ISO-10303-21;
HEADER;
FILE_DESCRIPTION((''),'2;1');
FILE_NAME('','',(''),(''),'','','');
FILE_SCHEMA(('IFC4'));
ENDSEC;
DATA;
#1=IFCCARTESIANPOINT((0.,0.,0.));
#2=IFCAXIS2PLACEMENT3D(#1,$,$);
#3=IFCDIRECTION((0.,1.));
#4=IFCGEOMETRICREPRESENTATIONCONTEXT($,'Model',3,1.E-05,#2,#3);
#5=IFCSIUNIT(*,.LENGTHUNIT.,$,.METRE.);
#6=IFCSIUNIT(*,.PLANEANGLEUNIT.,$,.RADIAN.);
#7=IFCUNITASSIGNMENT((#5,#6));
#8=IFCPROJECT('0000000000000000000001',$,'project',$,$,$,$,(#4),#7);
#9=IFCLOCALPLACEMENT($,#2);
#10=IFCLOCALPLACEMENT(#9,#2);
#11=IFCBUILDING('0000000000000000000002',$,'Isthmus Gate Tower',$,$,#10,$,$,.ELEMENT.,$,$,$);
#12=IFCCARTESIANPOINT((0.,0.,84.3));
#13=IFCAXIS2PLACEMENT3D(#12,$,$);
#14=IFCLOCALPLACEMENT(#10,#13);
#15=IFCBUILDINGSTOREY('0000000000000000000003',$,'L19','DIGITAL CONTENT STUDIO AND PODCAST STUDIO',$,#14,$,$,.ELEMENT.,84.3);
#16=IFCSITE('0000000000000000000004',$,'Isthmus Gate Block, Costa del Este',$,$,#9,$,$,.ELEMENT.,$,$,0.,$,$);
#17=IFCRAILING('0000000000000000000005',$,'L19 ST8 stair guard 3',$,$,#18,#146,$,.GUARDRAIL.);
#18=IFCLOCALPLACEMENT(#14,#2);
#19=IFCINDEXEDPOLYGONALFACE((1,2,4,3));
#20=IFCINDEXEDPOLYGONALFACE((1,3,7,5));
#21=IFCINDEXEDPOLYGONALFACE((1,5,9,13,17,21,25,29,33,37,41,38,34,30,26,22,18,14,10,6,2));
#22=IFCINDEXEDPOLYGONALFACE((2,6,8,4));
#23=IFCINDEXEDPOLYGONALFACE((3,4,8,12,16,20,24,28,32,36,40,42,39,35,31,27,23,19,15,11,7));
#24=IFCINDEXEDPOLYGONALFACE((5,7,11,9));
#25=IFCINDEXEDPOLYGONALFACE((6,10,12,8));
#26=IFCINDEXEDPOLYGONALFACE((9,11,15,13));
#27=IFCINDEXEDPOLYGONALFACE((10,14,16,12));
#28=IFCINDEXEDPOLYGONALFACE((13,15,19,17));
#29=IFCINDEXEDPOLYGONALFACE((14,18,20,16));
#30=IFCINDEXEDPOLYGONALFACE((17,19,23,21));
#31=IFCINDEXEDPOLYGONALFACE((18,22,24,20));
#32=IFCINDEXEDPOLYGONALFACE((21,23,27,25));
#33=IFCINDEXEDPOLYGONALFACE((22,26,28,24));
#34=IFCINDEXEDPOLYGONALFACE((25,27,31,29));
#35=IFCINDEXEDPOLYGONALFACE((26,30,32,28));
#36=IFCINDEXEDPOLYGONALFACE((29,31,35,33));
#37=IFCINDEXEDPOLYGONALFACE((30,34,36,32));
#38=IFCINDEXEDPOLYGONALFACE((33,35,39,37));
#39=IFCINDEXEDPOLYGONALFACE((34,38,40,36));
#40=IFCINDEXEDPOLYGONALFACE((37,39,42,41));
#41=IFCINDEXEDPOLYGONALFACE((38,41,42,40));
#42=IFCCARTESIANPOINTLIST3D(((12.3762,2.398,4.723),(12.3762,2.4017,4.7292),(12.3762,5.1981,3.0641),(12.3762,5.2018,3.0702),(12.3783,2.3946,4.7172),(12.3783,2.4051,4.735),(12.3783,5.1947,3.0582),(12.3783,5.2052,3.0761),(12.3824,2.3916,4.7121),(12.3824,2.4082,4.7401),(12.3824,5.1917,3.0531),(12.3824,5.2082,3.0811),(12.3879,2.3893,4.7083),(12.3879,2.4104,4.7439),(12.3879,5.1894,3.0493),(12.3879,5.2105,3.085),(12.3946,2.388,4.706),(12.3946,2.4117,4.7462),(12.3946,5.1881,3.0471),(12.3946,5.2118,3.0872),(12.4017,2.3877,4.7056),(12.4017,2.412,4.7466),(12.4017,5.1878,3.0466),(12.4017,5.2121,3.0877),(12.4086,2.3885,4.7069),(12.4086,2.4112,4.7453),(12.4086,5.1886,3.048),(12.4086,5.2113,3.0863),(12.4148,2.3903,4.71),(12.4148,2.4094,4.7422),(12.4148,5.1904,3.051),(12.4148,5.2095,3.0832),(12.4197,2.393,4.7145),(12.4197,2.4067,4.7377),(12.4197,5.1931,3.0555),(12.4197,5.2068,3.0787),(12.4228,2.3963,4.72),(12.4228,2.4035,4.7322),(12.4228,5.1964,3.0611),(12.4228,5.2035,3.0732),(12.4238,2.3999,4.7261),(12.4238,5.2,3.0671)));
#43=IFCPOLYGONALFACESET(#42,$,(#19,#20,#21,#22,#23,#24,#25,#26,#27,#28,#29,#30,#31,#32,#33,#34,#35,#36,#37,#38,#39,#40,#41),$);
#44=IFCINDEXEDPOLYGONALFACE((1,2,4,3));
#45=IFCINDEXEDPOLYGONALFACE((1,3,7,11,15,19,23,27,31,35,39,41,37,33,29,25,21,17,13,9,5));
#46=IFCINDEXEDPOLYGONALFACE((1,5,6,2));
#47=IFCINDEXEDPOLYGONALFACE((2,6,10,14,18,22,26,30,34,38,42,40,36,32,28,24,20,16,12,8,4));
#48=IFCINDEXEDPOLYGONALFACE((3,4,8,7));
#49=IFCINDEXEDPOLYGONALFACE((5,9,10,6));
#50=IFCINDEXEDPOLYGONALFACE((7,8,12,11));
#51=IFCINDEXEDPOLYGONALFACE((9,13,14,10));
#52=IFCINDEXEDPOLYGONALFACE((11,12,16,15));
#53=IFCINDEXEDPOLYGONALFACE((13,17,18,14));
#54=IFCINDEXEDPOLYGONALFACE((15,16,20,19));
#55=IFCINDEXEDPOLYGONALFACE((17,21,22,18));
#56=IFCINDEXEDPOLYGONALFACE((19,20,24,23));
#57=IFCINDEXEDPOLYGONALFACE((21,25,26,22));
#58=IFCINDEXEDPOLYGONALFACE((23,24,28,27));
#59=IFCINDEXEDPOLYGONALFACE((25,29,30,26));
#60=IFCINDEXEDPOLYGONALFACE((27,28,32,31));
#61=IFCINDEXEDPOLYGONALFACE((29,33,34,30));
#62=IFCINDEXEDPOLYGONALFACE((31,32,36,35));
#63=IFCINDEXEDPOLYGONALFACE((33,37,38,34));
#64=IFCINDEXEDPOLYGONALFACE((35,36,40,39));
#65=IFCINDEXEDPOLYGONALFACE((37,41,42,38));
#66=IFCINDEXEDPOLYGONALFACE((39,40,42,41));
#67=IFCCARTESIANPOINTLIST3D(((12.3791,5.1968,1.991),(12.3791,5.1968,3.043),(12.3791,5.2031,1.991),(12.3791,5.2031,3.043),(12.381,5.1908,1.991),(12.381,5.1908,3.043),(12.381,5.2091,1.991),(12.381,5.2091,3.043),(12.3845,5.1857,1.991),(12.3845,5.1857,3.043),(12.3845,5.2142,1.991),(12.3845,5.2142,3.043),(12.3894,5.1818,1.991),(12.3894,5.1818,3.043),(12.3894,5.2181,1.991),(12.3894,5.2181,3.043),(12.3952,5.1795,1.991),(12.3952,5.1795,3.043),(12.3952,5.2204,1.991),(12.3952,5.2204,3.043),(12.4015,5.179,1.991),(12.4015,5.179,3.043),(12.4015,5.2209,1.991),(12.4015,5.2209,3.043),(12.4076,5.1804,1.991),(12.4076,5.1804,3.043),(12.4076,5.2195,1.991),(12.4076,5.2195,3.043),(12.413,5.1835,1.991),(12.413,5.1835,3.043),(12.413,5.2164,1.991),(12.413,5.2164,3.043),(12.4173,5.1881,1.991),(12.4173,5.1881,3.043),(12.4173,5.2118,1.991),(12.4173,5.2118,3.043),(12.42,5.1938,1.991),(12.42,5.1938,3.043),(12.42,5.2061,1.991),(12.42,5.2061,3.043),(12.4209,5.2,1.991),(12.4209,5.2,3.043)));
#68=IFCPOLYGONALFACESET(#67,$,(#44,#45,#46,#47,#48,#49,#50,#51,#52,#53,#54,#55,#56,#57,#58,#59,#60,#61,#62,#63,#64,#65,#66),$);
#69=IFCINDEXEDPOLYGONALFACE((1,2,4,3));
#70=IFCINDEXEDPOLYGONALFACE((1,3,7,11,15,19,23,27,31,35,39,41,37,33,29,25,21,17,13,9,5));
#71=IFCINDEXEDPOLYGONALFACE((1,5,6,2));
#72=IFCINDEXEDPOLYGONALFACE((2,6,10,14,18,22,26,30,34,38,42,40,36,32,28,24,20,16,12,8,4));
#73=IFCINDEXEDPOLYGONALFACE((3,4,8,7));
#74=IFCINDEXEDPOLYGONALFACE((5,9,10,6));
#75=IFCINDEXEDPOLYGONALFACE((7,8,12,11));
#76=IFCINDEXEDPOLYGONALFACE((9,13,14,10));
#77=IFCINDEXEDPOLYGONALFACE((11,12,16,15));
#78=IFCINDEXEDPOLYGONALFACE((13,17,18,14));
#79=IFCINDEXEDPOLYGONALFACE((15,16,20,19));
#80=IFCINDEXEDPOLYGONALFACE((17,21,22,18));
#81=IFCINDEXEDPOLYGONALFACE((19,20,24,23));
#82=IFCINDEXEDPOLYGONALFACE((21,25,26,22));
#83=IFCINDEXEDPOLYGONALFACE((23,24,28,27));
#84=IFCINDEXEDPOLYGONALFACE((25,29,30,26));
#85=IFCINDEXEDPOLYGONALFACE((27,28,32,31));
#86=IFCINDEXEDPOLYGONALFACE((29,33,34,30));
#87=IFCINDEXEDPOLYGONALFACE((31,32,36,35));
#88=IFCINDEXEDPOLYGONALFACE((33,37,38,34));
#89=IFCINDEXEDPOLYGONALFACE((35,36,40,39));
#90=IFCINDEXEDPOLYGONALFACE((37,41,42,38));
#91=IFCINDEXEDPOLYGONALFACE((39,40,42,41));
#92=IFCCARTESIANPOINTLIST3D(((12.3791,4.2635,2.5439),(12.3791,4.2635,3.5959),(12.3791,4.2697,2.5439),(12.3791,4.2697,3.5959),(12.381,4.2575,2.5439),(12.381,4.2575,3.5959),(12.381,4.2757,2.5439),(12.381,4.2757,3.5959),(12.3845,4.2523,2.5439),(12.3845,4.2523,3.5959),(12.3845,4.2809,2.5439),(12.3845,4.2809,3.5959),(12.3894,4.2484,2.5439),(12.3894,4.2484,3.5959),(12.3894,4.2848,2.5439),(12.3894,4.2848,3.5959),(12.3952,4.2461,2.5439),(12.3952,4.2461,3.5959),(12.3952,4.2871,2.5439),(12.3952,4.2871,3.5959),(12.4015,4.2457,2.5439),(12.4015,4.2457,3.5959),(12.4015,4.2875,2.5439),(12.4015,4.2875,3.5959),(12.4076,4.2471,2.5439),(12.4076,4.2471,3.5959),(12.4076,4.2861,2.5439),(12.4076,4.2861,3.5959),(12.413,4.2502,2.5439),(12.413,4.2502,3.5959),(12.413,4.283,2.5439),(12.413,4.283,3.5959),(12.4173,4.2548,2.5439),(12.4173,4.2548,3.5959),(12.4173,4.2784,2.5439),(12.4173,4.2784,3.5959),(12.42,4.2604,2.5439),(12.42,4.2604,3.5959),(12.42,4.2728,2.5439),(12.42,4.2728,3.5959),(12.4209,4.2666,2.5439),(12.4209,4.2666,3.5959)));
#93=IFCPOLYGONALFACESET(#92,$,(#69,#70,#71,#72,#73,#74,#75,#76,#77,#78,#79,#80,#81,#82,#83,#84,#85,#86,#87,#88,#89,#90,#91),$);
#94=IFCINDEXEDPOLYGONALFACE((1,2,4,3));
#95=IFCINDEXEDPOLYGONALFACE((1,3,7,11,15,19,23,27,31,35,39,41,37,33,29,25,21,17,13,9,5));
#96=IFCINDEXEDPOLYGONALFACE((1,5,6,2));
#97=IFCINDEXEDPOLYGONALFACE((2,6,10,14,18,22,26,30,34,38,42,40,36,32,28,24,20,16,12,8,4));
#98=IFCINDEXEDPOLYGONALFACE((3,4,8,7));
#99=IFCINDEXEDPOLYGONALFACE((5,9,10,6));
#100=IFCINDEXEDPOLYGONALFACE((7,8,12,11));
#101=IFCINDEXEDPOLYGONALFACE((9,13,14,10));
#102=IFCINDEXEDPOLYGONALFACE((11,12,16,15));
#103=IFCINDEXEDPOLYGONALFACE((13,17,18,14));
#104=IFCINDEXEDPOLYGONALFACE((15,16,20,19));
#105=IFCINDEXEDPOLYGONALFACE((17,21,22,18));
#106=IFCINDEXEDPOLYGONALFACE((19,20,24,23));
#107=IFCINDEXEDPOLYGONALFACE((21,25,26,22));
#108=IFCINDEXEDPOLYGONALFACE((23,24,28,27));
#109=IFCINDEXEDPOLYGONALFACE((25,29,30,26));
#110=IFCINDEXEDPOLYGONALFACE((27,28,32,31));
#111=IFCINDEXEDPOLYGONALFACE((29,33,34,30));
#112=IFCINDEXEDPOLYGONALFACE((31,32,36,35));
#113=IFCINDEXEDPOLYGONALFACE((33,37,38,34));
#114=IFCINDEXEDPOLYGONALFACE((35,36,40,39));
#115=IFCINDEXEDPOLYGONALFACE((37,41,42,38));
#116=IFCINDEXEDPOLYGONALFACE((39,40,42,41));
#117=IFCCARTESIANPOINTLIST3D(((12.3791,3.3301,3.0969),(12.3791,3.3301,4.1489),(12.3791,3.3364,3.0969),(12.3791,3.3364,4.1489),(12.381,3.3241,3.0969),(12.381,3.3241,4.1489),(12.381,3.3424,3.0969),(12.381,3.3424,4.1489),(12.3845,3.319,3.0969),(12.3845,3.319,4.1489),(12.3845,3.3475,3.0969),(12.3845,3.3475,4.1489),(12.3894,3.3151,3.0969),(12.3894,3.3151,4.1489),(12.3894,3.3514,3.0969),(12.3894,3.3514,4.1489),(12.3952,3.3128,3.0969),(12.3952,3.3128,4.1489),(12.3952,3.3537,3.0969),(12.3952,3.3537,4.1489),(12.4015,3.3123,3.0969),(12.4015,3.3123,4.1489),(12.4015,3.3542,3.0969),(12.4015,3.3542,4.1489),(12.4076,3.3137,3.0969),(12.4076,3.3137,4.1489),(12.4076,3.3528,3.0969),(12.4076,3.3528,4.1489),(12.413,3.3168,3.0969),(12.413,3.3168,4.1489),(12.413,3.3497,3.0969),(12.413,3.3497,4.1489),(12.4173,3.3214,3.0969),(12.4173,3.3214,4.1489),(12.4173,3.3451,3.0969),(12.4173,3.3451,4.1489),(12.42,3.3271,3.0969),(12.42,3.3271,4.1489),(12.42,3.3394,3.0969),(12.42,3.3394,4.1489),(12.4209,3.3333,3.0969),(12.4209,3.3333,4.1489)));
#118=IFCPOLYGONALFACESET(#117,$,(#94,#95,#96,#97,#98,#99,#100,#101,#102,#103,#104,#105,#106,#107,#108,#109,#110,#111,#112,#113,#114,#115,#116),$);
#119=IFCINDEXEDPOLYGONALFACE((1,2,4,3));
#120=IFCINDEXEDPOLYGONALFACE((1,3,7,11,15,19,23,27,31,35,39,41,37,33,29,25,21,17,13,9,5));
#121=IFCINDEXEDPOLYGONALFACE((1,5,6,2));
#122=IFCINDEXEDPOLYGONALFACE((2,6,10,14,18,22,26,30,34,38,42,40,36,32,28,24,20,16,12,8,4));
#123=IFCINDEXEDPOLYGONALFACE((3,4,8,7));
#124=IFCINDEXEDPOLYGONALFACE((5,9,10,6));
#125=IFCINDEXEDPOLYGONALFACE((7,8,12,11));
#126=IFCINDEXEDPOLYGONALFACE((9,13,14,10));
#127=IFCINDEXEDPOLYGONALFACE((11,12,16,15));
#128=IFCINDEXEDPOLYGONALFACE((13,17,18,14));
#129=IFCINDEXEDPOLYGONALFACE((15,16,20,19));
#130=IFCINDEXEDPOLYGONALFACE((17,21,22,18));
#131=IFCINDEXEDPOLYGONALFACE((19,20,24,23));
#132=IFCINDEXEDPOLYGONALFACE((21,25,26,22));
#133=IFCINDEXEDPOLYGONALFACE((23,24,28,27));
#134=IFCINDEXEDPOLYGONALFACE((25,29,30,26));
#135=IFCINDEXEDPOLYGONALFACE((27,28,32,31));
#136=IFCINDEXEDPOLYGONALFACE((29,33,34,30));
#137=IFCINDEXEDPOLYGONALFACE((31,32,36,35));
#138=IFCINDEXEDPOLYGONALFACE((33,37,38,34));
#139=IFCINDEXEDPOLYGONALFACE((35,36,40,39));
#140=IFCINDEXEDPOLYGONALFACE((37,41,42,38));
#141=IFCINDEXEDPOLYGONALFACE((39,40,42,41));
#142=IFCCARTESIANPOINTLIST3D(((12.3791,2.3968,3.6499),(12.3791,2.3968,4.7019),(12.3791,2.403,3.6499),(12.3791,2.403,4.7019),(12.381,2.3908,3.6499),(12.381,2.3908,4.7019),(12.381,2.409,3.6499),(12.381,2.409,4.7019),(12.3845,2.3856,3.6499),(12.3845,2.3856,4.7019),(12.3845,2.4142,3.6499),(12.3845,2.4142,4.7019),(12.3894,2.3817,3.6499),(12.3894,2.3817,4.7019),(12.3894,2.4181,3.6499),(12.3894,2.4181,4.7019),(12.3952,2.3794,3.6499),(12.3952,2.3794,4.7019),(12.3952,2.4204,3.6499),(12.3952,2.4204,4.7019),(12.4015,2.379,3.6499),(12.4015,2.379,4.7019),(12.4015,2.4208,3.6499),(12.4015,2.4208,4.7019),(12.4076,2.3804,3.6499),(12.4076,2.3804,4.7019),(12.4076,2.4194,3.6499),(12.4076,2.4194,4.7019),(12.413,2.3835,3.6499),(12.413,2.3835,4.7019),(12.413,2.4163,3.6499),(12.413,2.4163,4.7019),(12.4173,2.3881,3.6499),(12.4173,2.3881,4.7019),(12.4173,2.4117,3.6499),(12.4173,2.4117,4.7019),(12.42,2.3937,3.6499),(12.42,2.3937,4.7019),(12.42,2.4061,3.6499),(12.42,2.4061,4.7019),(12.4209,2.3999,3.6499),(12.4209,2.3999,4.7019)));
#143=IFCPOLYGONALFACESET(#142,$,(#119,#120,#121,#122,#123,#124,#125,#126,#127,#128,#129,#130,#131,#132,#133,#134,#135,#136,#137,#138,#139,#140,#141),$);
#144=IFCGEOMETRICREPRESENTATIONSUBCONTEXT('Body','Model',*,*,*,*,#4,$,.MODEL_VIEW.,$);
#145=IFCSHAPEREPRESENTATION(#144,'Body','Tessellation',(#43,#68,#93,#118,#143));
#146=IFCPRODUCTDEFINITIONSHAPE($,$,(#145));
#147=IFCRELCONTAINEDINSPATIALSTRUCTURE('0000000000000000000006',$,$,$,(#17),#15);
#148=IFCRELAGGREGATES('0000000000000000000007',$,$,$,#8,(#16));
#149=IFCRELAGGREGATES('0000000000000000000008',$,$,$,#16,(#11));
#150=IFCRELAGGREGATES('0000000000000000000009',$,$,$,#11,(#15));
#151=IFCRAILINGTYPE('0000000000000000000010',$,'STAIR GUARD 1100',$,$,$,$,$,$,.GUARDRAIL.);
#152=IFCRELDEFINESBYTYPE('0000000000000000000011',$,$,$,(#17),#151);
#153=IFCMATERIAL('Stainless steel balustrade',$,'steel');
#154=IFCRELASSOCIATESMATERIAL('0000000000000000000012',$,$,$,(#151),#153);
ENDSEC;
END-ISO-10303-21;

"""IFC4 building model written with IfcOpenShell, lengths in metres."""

from ifc_helpers import new_model, si_unit, direction, frame, origin, origin_2d, place, context, subcontext, project, spatial, circle, extrude, material, type_object, element, save


model = new_model("IFC4")

# Units and contexts
model_context = context("Model", 3, precision=1e-05, world=origin(), true_north=direction((0.0, 1.0)))
body_context = subcontext(model_context, "Body", "Model", "MODEL_VIEW")
ifc_project = project(units=[si_unit("LENGTHUNIT", "METRE"), si_unit("PLANEANGLEUNIT", "RADIAN")], contexts=[model_context])

# Site, building, storey
site_placement = place(None, origin())
site = spatial("IfcSite", under=ifc_project, at=site_placement, Name="Isthmus Gate Block, Costa del Este", CompositionType="ELEMENT", RefElevation=0.0)
building_placement = place(site_placement, origin())
building = spatial("IfcBuilding", under=site, at=building_placement, Name="Isthmus Gate Tower", CompositionType="ELEMENT")
storey_placement = place(building_placement, frame((0.0, 0.0, 84.3)))
storey = spatial("IfcBuildingStorey", under=building, at=storey_placement, Name="L19", Description="DIGITAL CONTENT STUDIO AND PODCAST STUDIO", CompositionType="ELEMENT", Elevation=84.3)

# Railing
ifc_material_1 = material(Name="Stainless steel balustrade", Category="steel")
railing_type_1 = type_object("IfcRailingType", Name="STAIR GUARD 1100", PredefinedType="GUARDRAIL", material=ifc_material_1)
railing_1_placement = place(storey_placement, frame((12.3999, 5.2, 1.991)))
element("IfcRailing", 1, at=railing_1_placement, inside=storey, type_object=railing_type_1, Name="L19 ST8 stair guard 3", PredefinedType="GUARDRAIL", context=body_context, shape_type="SweptSolid", body=[
    extrude(circle(Radius=0.0239, at=origin_2d()), frame((0.0, 0.0, 1.0762), z_axis=(0.0, -0.860339, 0.509722), x_axis=(1.0, 0.0, 0.0)), (0.0, 0.0, 1.0), 3.2546),
    extrude(circle(Radius=0.021, at=origin_2d()), origin(), (0.0, 0.0, 1.0), 1.052),
    extrude(circle(Radius=0.021, at=origin_2d()), frame((0.0, -0.9333, 0.553)), (0.0, 0.0, 1.0), 1.052),
    extrude(circle(Radius=0.021, at=origin_2d()), frame((0.0, -1.8667, 1.106)), (0.0, 0.0, 1.0), 1.052),
    extrude(circle(Radius=0.021, at=origin_2d()), frame((0.0, -2.8, 1.6589)), (0.0, 0.0, 1.0), 1.052),
])

save(model, "model.ifc")
